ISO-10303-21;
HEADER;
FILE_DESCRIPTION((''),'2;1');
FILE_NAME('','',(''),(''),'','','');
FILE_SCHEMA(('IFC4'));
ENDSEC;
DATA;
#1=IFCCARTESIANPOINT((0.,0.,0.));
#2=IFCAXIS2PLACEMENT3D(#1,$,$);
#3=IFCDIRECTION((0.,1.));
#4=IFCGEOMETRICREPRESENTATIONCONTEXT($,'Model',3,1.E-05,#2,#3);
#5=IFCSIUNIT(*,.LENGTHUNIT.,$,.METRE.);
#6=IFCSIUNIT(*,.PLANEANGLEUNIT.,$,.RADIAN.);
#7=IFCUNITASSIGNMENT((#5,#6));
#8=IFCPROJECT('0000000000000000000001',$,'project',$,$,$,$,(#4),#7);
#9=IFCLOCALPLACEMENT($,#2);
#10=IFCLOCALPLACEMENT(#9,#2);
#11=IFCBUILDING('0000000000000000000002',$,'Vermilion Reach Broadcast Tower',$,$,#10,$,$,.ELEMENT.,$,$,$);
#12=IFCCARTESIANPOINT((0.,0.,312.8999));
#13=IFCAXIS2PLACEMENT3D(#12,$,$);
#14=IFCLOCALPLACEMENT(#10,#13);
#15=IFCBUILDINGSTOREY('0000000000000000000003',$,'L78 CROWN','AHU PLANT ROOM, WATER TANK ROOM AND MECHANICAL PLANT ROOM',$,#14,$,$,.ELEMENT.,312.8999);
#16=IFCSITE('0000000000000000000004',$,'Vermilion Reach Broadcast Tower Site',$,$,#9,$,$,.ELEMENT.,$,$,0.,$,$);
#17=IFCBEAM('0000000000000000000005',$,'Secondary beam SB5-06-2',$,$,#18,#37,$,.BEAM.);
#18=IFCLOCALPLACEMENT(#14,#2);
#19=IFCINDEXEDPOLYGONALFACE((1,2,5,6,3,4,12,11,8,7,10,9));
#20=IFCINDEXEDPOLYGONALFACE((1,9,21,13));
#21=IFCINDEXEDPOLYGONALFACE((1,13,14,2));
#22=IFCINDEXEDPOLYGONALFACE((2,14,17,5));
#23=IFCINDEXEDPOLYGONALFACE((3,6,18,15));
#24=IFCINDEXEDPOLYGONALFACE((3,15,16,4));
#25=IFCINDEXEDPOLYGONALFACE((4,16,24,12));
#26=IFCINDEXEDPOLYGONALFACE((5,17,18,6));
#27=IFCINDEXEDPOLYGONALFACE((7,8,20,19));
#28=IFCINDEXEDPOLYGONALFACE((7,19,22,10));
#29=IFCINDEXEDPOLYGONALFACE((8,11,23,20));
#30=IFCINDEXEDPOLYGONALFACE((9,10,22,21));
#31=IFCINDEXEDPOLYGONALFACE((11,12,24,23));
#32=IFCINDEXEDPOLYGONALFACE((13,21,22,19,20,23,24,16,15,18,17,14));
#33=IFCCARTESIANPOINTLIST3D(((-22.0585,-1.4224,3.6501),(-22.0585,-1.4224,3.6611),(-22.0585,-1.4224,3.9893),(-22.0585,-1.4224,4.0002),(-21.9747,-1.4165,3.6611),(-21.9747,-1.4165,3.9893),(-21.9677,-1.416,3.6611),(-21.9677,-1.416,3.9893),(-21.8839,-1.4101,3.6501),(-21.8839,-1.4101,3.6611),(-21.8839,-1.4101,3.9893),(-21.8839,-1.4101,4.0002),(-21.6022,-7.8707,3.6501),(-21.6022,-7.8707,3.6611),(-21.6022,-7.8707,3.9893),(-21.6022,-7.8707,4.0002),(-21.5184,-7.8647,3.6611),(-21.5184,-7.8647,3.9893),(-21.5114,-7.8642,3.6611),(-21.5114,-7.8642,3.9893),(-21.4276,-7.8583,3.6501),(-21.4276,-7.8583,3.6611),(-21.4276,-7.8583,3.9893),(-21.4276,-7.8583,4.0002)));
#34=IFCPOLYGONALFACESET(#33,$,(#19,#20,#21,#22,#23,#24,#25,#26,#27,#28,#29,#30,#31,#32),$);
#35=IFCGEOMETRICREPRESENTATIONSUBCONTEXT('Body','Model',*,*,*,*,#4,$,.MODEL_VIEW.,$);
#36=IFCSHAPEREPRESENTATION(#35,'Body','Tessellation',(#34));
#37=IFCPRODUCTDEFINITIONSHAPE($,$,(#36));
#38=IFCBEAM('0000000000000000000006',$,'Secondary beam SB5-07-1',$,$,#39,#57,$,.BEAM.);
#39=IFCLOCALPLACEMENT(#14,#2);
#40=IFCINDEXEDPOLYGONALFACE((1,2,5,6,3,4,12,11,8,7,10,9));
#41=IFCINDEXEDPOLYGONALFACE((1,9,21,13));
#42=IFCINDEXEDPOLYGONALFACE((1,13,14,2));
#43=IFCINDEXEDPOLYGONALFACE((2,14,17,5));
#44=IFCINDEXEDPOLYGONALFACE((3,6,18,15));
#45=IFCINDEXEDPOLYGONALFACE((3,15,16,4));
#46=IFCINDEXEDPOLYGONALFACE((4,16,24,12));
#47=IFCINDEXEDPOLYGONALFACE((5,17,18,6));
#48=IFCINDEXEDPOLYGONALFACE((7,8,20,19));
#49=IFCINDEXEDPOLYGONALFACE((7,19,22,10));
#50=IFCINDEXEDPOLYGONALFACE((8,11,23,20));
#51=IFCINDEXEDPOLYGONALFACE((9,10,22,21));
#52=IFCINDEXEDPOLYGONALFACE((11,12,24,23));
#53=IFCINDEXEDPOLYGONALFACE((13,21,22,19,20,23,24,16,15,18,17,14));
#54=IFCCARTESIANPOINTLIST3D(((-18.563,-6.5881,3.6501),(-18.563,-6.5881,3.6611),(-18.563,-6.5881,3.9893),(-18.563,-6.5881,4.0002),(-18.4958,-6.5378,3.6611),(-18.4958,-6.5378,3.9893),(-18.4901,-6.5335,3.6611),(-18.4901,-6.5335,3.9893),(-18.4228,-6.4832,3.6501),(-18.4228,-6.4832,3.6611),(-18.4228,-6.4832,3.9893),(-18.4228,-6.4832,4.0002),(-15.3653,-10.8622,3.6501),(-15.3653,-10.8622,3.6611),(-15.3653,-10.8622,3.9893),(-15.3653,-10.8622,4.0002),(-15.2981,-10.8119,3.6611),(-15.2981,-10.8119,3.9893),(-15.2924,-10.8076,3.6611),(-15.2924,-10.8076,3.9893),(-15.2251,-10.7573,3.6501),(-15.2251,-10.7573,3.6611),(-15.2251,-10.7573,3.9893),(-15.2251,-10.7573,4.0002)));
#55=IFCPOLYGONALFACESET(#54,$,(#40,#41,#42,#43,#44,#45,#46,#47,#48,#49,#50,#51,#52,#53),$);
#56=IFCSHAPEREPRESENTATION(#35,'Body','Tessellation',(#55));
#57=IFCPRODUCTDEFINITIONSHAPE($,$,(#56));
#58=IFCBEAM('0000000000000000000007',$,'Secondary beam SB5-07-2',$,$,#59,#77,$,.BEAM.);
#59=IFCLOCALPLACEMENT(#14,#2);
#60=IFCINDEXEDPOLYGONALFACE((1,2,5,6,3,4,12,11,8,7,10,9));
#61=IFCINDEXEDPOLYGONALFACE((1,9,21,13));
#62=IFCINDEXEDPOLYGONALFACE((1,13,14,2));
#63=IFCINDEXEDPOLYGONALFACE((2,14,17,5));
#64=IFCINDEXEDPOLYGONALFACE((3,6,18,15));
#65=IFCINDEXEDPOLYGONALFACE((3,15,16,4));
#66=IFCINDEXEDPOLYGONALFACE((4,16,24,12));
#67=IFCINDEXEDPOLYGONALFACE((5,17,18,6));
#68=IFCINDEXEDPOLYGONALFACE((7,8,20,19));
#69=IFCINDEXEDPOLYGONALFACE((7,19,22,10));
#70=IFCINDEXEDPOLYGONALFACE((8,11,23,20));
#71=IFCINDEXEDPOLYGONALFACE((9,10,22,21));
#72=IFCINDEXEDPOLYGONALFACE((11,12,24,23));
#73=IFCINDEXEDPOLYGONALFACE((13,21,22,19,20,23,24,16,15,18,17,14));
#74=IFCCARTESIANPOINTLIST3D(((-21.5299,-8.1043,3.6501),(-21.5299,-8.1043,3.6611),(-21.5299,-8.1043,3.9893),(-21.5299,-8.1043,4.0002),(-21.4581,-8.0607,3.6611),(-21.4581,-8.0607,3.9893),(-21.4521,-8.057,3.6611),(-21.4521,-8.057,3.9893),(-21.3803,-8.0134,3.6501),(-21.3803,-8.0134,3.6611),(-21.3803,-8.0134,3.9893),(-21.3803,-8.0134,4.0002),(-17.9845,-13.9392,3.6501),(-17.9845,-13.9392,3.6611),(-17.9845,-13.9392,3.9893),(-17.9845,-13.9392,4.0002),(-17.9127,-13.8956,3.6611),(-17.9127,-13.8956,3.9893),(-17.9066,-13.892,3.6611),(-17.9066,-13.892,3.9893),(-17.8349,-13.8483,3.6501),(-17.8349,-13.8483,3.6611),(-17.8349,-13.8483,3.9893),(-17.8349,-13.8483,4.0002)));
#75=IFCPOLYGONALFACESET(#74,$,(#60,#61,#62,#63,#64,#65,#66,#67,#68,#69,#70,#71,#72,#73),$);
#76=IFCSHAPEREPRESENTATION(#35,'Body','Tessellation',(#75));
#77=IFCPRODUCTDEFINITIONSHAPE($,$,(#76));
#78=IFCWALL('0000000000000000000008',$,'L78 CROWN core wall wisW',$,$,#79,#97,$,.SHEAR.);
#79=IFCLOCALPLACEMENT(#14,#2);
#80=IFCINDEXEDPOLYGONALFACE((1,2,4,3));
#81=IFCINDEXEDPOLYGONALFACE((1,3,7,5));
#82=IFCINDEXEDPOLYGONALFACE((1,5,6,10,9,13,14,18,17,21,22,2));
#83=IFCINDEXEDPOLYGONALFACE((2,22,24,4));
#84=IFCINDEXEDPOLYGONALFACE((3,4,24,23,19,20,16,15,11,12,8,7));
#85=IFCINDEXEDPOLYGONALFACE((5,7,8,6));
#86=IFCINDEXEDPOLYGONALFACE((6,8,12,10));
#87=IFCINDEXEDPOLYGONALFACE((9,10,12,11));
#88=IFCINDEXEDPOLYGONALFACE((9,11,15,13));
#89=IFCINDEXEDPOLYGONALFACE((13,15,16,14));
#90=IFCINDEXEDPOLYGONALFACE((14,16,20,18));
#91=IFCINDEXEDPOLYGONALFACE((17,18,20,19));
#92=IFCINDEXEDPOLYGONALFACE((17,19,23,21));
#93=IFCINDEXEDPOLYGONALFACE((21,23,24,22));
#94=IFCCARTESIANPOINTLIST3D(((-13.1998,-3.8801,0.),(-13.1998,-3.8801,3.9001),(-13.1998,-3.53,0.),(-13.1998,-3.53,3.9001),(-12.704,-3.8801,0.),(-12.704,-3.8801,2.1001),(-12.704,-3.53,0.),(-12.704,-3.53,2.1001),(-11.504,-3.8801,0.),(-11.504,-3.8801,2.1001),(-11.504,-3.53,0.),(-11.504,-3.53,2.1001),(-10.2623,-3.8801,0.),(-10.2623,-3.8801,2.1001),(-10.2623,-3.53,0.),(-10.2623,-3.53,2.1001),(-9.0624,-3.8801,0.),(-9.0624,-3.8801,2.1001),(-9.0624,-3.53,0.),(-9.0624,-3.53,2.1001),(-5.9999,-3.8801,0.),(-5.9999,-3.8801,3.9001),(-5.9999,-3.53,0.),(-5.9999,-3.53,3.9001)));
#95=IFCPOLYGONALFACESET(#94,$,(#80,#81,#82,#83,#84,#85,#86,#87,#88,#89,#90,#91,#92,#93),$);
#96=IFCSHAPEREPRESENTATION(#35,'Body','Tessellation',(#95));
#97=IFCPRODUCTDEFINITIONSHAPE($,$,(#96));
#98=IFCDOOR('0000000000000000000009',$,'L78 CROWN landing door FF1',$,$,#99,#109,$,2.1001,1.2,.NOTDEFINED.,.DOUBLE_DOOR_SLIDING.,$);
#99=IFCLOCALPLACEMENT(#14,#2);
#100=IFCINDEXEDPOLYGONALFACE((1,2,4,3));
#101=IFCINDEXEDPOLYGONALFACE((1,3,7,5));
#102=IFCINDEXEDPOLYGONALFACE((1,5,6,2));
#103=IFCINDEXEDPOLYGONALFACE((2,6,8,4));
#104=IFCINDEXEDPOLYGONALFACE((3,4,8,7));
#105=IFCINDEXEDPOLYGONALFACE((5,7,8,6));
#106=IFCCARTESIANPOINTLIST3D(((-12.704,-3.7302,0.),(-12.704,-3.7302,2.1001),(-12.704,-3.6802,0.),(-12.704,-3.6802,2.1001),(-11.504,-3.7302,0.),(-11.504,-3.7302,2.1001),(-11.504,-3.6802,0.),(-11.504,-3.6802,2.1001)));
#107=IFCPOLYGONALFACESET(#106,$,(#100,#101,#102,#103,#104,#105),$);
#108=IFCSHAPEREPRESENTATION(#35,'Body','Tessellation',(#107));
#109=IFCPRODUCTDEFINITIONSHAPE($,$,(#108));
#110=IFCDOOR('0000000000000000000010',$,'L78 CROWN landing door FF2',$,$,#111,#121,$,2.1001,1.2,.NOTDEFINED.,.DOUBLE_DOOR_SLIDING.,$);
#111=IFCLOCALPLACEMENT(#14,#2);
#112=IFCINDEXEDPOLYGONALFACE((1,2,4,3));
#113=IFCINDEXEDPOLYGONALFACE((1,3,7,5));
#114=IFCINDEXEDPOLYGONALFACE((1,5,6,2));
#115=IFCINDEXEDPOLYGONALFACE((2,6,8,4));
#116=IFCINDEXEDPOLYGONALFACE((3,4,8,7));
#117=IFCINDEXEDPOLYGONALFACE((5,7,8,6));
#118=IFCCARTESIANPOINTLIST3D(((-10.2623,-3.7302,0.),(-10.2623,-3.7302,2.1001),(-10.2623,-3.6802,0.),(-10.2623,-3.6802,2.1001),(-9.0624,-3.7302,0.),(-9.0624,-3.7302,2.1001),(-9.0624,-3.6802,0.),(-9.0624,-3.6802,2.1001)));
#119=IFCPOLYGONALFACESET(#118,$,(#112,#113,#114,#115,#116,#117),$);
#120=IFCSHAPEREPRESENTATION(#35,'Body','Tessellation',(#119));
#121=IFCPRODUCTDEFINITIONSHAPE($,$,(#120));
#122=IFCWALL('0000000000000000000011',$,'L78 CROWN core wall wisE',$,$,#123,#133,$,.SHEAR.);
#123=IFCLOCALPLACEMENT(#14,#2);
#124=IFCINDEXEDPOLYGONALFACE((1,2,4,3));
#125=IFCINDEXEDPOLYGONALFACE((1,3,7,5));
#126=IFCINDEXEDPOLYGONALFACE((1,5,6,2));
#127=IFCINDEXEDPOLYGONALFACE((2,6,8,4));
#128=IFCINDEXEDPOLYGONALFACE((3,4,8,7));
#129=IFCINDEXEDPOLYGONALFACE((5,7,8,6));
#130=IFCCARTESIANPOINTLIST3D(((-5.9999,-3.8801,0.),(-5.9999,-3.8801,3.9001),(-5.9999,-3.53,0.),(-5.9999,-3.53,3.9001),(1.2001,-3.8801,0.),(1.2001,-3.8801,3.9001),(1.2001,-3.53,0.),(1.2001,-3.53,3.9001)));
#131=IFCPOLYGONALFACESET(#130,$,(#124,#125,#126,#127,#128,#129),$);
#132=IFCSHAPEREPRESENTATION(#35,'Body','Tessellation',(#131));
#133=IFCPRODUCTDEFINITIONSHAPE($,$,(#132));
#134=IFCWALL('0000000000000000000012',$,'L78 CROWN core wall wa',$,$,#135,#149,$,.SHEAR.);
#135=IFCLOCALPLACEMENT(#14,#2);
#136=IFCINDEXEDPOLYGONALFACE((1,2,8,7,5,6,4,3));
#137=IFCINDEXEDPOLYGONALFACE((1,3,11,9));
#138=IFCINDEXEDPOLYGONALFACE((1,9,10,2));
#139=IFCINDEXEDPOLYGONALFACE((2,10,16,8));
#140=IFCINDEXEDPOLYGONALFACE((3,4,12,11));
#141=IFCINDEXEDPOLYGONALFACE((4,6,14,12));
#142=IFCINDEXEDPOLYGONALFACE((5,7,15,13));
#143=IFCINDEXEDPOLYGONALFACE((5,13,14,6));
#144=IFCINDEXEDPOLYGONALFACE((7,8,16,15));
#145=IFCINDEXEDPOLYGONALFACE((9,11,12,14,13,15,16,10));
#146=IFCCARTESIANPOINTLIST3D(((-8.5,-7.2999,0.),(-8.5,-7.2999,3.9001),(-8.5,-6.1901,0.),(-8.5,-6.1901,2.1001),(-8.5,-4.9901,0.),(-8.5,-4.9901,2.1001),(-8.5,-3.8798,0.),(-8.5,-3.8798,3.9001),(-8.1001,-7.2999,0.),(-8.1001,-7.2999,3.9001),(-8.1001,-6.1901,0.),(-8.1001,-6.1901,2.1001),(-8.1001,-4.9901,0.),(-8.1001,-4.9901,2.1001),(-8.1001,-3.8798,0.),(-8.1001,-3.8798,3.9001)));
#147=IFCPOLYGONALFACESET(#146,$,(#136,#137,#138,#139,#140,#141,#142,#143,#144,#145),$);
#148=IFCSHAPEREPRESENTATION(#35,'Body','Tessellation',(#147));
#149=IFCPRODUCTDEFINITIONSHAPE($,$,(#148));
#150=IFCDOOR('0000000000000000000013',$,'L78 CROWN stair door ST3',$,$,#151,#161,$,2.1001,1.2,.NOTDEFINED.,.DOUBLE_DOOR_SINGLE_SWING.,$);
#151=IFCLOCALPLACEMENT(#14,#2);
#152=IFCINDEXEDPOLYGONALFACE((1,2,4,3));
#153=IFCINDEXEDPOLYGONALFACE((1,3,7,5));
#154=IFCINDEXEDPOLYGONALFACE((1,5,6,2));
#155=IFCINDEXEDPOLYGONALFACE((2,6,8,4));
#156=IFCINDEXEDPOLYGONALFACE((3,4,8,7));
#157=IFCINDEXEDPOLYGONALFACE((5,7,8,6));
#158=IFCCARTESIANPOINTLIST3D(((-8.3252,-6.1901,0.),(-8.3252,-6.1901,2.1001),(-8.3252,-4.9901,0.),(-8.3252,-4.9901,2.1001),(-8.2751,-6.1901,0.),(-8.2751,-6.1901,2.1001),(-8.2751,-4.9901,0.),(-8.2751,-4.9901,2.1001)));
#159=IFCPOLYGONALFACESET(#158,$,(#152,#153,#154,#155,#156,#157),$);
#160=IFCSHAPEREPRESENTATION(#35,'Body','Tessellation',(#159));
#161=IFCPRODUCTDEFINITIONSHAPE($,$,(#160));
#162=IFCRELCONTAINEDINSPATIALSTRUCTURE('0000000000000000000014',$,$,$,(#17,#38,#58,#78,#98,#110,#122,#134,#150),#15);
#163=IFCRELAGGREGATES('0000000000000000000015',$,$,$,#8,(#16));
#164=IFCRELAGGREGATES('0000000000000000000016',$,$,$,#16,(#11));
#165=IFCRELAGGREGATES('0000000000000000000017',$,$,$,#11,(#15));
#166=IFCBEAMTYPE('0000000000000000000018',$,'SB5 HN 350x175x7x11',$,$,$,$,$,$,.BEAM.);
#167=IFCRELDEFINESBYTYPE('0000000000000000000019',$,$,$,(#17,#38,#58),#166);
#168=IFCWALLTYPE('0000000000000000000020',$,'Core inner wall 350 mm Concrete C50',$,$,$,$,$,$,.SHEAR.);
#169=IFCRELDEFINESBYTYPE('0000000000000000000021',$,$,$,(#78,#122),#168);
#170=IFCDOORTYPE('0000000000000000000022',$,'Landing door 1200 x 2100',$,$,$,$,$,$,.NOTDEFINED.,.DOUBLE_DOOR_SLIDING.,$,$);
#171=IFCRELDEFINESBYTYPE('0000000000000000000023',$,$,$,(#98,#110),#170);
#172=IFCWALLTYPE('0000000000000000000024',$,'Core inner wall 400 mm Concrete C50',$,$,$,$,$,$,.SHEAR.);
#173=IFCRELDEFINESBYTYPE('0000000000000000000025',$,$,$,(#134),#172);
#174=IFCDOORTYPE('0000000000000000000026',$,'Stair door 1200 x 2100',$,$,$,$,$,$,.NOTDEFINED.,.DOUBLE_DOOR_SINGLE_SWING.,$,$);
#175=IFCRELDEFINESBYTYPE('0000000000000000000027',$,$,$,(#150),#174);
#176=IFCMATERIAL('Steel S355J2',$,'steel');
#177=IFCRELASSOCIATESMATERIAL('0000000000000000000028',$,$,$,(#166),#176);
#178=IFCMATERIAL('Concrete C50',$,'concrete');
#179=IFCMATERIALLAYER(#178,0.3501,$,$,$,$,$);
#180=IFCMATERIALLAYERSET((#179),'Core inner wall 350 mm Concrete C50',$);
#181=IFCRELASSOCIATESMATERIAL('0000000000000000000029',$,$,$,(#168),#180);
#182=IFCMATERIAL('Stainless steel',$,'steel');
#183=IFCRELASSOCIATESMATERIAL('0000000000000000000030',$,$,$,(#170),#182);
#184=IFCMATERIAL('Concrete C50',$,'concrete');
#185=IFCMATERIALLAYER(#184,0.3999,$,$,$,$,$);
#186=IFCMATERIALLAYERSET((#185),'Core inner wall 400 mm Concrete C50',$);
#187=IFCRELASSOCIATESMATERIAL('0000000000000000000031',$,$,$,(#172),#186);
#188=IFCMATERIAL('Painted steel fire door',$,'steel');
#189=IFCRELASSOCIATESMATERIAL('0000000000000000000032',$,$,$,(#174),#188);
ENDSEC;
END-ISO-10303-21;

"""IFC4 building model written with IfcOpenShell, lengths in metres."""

from ifc_helpers import new_model, si_unit, direction, frame, frame_2d, origin, origin_2d, place, context, subcontext, project, spatial, rectangle, i_section, extrude, material, layer, layer_set, material_profile, profile_set, type_object, element, fill, save


model = new_model("IFC4")

# Units and contexts
model_context = context("Model", 3, precision=1e-05, world=origin(), true_north=direction((0.0, 1.0)))
body_context = subcontext(model_context, "Body", "Model", "MODEL_VIEW")
ifc_project = project(units=[si_unit("LENGTHUNIT", "METRE"), si_unit("PLANEANGLEUNIT", "RADIAN")], contexts=[model_context])

# Site, building, storey
site_placement = place(None, origin())
site = spatial("IfcSite", under=ifc_project, at=site_placement, Name="Vermilion Reach Broadcast Tower Site", CompositionType="ELEMENT", RefElevation=0.0)
building_placement = place(site_placement, origin())
building = spatial("IfcBuilding", under=site, at=building_placement, Name="Vermilion Reach Broadcast Tower", CompositionType="ELEMENT")
storey_placement = place(building_placement, frame((0.0, 0.0, 312.8999)))
storey = spatial("IfcBuildingStorey", under=building, at=storey_placement, Name="L78 CROWN", Description="AHU PLANT ROOM, WATER TANK ROOM AND MECHANICAL PLANT ROOM", CompositionType="ELEMENT", Elevation=312.8999)

# Beams
ifc_material_1 = material(Name="Steel S355J2", Category="steel")
ifc_material_profile_1 = material_profile(ifc_material_1, i_section(OverallWidth=0.175, OverallDepth=0.3501, WebThickness=0.0071, FlangeThickness=0.011, at=origin_2d()), Name="S355J2 HN 350x175x7x11")
ifc_profile_set_1 = profile_set([ifc_material_profile_1], Name="Steel S355J2")
beam_type_1 = type_object("IfcBeamType", Name="SB5 HN 350x175x7x11", PredefinedType="BEAM", material=ifc_profile_set_1)
beam_1_placement = place(storey_placement, frame((-21.9712, -1.4163, 3.8252), z_axis=(0.070587, -0.997506, 0.0), x_axis=(0.997506, 0.070587, 0.0)))
element("IfcBeam", 1, at=beam_1_placement, inside=storey, type_object=beam_type_1, Name="Secondary beam SB5-06-2", PredefinedType="BEAM", context=body_context, shape_type="SweptSolid", body=[
    extrude(i_section(OverallWidth=0.175, OverallDepth=0.3501, WebThickness=0.0071, FlangeThickness=0.011, at=origin_2d()), origin(), (0.0, 0.0, 1.0), 6.4644),
])
beam_2_placement = place(storey_placement, frame((-18.4929, -6.5356, 3.8252), z_axis=(0.599056, -0.800707, 0.0), x_axis=(0.800707, 0.599056, 0.0)))
element("IfcBeam", 2, at=beam_2_placement, inside=storey, type_object=beam_type_1, Name="Secondary beam SB5-07-1", PredefinedType="BEAM", context=body_context, shape_type="SweptSolid", body=[
    extrude(i_section(OverallWidth=0.175, OverallDepth=0.3501, WebThickness=0.0071, FlangeThickness=0.011, at=origin_2d()), origin(), (0.0, 0.0, 1.0), 5.3379),
])
beam_3_placement = place(storey_placement, frame((-21.4551, -8.0588, 3.8252), z_axis=(0.519273, -0.854608, 0.0), x_axis=(0.854608, 0.519273, 0.0)))
element("IfcBeam", 3, at=beam_3_placement, inside=storey, type_object=beam_type_1, Name="Secondary beam SB5-07-2", PredefinedType="BEAM", context=body_context, shape_type="SweptSolid", body=[
    extrude(i_section(OverallWidth=0.175, OverallDepth=0.3501, WebThickness=0.0071, FlangeThickness=0.011, at=origin_2d()), origin(), (0.0, 0.0, 1.0), 6.8276),
])

# Wall, openings, doors
ifc_material_2 = material(Name="Concrete C50", Category="concrete")
ifc_layer_1 = layer(ifc_material_2, 0.3501)
ifc_layer_set_1 = layer_set([ifc_layer_1], Name="Core inner wall 350 mm Concrete C50")
wall_type_1 = type_object("IfcWallType", Name="Core inner wall 350 mm Concrete C50", PredefinedType="SHEAR", material=ifc_layer_set_1)
wall_1_placement = place(storey_placement, frame((-13.2, -3.7051, 0.0), z_axis=(0.0, 0.0, 1.0), x_axis=(1.0, 0.0, 0.0)))
wall_1 = element("IfcWall", 4, at=wall_1_placement, inside=storey, type_object=wall_type_1, Name="L78 CROWN core wall wisW", PredefinedType="SHEAR", context=body_context, shape_type="SweptSolid", body=[
    extrude(rectangle(XDim=7.2, YDim=0.3501, at=frame_2d((3.6001, 0.0))), origin(), (0.0, 0.0, 1.0), 3.9001),
])
opening_1_placement = place(wall_1_placement, frame((0.4958, 0.0, 0.0)))
opening_1 = element("IfcOpeningElement", 5, at=opening_1_placement, cuts=wall_1, PredefinedType="OPENING", context=body_context, shape_type="SweptSolid", body=[
    extrude(rectangle(XDim=1.2, YDim=2.1001, at=frame_2d((0.6001, 1.05))), frame((0.0, 0.1851, 0.0), z_axis=(0.0, -1.0, 0.0), x_axis=(1.0, 0.0, 0.0)), (0.0, 0.0, 1.0), 0.3701),
])
opening_2_placement = place(wall_1_placement, frame((2.9375, 0.0, 0.0)))
opening_2 = element("IfcOpeningElement", 6, at=opening_2_placement, cuts=wall_1, PredefinedType="OPENING", context=body_context, shape_type="SweptSolid", body=[
    extrude(rectangle(XDim=1.2, YDim=2.1001, at=frame_2d((0.6001, 1.05))), frame((0.0, 0.1851, 0.0), z_axis=(0.0, -1.0, 0.0), x_axis=(1.0, 0.0, 0.0)), (0.0, 0.0, 1.0), 0.3701),
])
ifc_material_3 = material(Name="Stainless steel", Category="steel")
door_type_1 = type_object("IfcDoorType", Name="Landing door 1200 x 2100", OperationType="DOUBLE_DOOR_SLIDING", PredefinedType="NOTDEFINED", material=ifc_material_3)
door_1_placement = place(opening_1_placement, origin())
door_1 = element("IfcDoor", 7, at=door_1_placement, inside=storey, type_object=door_type_1, Name="L78 CROWN landing door FF1", OperationType="DOUBLE_DOOR_SLIDING", OverallHeight=2.1001, OverallWidth=1.2, PredefinedType="NOTDEFINED", context=body_context, shape_type="SweptSolid", body=[
    extrude(rectangle(XDim=1.2, YDim=2.1001, at=frame_2d((0.6001, 1.05))), frame((0.0, 0.0249, 0.0), z_axis=(0.0, -1.0, 0.0), x_axis=(1.0, 0.0, 0.0)), (0.0, 0.0, 1.0), 0.05),
])
fill(opening_1, door_1)
door_2_placement = place(opening_2_placement, origin())
door_2 = element("IfcDoor", 8, at=door_2_placement, inside=storey, type_object=door_type_1, Name="L78 CROWN landing door FF2", OperationType="DOUBLE_DOOR_SLIDING", OverallHeight=2.1001, OverallWidth=1.2, PredefinedType="NOTDEFINED", context=body_context, shape_type="SweptSolid", body=[
    extrude(rectangle(XDim=1.2, YDim=2.1001, at=frame_2d((0.6001, 1.05))), frame((0.0, 0.0249, 0.0), z_axis=(0.0, -1.0, 0.0), x_axis=(1.0, 0.0, 0.0)), (0.0, 0.0, 1.0), 0.05),
])
fill(opening_2, door_2)

# Wall
wall_2_placement = place(storey_placement, frame((-6.0, -3.7051, 0.0), z_axis=(0.0, 0.0, 1.0), x_axis=(1.0, 0.0, 0.0)))
element("IfcWall", 9, at=wall_2_placement, inside=storey, type_object=wall_type_1, Name="L78 CROWN core wall wisE", PredefinedType="SHEAR", context=body_context, shape_type="SweptSolid", body=[
    extrude(rectangle(XDim=7.2, YDim=0.3501, at=frame_2d((3.6001, 0.0))), origin(), (0.0, 0.0, 1.0), 3.9001),
])

# Wall, opening, door
ifc_material_4 = material(Name="Concrete C50", Category="concrete")
ifc_layer_2 = layer(ifc_material_4, 0.3999)
ifc_layer_set_2 = layer_set([ifc_layer_2], Name="Core inner wall 400 mm Concrete C50")
wall_type_2 = type_object("IfcWallType", Name="Core inner wall 400 mm Concrete C50", PredefinedType="SHEAR", material=ifc_layer_set_2)
wall_3_placement = place(storey_placement, frame((-8.3, -3.8799, 0.0), z_axis=(0.0, 0.0, 1.0), x_axis=(0.0, -1.0, 0.0)))
wall_3 = element("IfcWall", 10, at=wall_3_placement, inside=storey, type_object=wall_type_2, Name="L78 CROWN core wall wa", PredefinedType="SHEAR", context=body_context, shape_type="SweptSolid", body=[
    extrude(rectangle(XDim=3.4202, YDim=0.3999, at=frame_2d((1.71, 0.0))), origin(), (0.0, 0.0, 1.0), 3.9001),
])
opening_3_placement = place(wall_3_placement, frame((1.1101, 0.0, 0.0)))
opening_3 = element("IfcOpeningElement", 11, at=opening_3_placement, cuts=wall_3, PredefinedType="OPENING", context=body_context, shape_type="SweptSolid", body=[
    extrude(rectangle(XDim=1.2, YDim=2.1001, at=frame_2d((0.6001, 1.05))), frame((0.0, 0.21, 0.0), z_axis=(0.0, -1.0, 0.0), x_axis=(1.0, 0.0, 0.0)), (0.0, 0.0, 1.0), 0.4199),
])
ifc_material_5 = material(Name="Painted steel fire door", Category="steel")
door_type_2 = type_object("IfcDoorType", Name="Stair door 1200 x 2100", OperationType="DOUBLE_DOOR_SINGLE_SWING", PredefinedType="NOTDEFINED", material=ifc_material_5)
door_3_placement = place(opening_3_placement, origin())
door_3 = element("IfcDoor", 12, at=door_3_placement, inside=storey, type_object=door_type_2, Name="L78 CROWN stair door ST3", OperationType="DOUBLE_DOOR_SINGLE_SWING", OverallHeight=2.1001, OverallWidth=1.2, PredefinedType="NOTDEFINED", context=body_context, shape_type="SweptSolid", body=[
    extrude(rectangle(XDim=1.2, YDim=2.1001, at=frame_2d((0.6001, 1.05))), frame((0.0, 0.0249, 0.0), z_axis=(0.0, -1.0, 0.0), x_axis=(1.0, 0.0, 0.0)), (0.0, 0.0, 1.0), 0.05),
])
fill(opening_3, door_3)

save(model, "model.ifc")
